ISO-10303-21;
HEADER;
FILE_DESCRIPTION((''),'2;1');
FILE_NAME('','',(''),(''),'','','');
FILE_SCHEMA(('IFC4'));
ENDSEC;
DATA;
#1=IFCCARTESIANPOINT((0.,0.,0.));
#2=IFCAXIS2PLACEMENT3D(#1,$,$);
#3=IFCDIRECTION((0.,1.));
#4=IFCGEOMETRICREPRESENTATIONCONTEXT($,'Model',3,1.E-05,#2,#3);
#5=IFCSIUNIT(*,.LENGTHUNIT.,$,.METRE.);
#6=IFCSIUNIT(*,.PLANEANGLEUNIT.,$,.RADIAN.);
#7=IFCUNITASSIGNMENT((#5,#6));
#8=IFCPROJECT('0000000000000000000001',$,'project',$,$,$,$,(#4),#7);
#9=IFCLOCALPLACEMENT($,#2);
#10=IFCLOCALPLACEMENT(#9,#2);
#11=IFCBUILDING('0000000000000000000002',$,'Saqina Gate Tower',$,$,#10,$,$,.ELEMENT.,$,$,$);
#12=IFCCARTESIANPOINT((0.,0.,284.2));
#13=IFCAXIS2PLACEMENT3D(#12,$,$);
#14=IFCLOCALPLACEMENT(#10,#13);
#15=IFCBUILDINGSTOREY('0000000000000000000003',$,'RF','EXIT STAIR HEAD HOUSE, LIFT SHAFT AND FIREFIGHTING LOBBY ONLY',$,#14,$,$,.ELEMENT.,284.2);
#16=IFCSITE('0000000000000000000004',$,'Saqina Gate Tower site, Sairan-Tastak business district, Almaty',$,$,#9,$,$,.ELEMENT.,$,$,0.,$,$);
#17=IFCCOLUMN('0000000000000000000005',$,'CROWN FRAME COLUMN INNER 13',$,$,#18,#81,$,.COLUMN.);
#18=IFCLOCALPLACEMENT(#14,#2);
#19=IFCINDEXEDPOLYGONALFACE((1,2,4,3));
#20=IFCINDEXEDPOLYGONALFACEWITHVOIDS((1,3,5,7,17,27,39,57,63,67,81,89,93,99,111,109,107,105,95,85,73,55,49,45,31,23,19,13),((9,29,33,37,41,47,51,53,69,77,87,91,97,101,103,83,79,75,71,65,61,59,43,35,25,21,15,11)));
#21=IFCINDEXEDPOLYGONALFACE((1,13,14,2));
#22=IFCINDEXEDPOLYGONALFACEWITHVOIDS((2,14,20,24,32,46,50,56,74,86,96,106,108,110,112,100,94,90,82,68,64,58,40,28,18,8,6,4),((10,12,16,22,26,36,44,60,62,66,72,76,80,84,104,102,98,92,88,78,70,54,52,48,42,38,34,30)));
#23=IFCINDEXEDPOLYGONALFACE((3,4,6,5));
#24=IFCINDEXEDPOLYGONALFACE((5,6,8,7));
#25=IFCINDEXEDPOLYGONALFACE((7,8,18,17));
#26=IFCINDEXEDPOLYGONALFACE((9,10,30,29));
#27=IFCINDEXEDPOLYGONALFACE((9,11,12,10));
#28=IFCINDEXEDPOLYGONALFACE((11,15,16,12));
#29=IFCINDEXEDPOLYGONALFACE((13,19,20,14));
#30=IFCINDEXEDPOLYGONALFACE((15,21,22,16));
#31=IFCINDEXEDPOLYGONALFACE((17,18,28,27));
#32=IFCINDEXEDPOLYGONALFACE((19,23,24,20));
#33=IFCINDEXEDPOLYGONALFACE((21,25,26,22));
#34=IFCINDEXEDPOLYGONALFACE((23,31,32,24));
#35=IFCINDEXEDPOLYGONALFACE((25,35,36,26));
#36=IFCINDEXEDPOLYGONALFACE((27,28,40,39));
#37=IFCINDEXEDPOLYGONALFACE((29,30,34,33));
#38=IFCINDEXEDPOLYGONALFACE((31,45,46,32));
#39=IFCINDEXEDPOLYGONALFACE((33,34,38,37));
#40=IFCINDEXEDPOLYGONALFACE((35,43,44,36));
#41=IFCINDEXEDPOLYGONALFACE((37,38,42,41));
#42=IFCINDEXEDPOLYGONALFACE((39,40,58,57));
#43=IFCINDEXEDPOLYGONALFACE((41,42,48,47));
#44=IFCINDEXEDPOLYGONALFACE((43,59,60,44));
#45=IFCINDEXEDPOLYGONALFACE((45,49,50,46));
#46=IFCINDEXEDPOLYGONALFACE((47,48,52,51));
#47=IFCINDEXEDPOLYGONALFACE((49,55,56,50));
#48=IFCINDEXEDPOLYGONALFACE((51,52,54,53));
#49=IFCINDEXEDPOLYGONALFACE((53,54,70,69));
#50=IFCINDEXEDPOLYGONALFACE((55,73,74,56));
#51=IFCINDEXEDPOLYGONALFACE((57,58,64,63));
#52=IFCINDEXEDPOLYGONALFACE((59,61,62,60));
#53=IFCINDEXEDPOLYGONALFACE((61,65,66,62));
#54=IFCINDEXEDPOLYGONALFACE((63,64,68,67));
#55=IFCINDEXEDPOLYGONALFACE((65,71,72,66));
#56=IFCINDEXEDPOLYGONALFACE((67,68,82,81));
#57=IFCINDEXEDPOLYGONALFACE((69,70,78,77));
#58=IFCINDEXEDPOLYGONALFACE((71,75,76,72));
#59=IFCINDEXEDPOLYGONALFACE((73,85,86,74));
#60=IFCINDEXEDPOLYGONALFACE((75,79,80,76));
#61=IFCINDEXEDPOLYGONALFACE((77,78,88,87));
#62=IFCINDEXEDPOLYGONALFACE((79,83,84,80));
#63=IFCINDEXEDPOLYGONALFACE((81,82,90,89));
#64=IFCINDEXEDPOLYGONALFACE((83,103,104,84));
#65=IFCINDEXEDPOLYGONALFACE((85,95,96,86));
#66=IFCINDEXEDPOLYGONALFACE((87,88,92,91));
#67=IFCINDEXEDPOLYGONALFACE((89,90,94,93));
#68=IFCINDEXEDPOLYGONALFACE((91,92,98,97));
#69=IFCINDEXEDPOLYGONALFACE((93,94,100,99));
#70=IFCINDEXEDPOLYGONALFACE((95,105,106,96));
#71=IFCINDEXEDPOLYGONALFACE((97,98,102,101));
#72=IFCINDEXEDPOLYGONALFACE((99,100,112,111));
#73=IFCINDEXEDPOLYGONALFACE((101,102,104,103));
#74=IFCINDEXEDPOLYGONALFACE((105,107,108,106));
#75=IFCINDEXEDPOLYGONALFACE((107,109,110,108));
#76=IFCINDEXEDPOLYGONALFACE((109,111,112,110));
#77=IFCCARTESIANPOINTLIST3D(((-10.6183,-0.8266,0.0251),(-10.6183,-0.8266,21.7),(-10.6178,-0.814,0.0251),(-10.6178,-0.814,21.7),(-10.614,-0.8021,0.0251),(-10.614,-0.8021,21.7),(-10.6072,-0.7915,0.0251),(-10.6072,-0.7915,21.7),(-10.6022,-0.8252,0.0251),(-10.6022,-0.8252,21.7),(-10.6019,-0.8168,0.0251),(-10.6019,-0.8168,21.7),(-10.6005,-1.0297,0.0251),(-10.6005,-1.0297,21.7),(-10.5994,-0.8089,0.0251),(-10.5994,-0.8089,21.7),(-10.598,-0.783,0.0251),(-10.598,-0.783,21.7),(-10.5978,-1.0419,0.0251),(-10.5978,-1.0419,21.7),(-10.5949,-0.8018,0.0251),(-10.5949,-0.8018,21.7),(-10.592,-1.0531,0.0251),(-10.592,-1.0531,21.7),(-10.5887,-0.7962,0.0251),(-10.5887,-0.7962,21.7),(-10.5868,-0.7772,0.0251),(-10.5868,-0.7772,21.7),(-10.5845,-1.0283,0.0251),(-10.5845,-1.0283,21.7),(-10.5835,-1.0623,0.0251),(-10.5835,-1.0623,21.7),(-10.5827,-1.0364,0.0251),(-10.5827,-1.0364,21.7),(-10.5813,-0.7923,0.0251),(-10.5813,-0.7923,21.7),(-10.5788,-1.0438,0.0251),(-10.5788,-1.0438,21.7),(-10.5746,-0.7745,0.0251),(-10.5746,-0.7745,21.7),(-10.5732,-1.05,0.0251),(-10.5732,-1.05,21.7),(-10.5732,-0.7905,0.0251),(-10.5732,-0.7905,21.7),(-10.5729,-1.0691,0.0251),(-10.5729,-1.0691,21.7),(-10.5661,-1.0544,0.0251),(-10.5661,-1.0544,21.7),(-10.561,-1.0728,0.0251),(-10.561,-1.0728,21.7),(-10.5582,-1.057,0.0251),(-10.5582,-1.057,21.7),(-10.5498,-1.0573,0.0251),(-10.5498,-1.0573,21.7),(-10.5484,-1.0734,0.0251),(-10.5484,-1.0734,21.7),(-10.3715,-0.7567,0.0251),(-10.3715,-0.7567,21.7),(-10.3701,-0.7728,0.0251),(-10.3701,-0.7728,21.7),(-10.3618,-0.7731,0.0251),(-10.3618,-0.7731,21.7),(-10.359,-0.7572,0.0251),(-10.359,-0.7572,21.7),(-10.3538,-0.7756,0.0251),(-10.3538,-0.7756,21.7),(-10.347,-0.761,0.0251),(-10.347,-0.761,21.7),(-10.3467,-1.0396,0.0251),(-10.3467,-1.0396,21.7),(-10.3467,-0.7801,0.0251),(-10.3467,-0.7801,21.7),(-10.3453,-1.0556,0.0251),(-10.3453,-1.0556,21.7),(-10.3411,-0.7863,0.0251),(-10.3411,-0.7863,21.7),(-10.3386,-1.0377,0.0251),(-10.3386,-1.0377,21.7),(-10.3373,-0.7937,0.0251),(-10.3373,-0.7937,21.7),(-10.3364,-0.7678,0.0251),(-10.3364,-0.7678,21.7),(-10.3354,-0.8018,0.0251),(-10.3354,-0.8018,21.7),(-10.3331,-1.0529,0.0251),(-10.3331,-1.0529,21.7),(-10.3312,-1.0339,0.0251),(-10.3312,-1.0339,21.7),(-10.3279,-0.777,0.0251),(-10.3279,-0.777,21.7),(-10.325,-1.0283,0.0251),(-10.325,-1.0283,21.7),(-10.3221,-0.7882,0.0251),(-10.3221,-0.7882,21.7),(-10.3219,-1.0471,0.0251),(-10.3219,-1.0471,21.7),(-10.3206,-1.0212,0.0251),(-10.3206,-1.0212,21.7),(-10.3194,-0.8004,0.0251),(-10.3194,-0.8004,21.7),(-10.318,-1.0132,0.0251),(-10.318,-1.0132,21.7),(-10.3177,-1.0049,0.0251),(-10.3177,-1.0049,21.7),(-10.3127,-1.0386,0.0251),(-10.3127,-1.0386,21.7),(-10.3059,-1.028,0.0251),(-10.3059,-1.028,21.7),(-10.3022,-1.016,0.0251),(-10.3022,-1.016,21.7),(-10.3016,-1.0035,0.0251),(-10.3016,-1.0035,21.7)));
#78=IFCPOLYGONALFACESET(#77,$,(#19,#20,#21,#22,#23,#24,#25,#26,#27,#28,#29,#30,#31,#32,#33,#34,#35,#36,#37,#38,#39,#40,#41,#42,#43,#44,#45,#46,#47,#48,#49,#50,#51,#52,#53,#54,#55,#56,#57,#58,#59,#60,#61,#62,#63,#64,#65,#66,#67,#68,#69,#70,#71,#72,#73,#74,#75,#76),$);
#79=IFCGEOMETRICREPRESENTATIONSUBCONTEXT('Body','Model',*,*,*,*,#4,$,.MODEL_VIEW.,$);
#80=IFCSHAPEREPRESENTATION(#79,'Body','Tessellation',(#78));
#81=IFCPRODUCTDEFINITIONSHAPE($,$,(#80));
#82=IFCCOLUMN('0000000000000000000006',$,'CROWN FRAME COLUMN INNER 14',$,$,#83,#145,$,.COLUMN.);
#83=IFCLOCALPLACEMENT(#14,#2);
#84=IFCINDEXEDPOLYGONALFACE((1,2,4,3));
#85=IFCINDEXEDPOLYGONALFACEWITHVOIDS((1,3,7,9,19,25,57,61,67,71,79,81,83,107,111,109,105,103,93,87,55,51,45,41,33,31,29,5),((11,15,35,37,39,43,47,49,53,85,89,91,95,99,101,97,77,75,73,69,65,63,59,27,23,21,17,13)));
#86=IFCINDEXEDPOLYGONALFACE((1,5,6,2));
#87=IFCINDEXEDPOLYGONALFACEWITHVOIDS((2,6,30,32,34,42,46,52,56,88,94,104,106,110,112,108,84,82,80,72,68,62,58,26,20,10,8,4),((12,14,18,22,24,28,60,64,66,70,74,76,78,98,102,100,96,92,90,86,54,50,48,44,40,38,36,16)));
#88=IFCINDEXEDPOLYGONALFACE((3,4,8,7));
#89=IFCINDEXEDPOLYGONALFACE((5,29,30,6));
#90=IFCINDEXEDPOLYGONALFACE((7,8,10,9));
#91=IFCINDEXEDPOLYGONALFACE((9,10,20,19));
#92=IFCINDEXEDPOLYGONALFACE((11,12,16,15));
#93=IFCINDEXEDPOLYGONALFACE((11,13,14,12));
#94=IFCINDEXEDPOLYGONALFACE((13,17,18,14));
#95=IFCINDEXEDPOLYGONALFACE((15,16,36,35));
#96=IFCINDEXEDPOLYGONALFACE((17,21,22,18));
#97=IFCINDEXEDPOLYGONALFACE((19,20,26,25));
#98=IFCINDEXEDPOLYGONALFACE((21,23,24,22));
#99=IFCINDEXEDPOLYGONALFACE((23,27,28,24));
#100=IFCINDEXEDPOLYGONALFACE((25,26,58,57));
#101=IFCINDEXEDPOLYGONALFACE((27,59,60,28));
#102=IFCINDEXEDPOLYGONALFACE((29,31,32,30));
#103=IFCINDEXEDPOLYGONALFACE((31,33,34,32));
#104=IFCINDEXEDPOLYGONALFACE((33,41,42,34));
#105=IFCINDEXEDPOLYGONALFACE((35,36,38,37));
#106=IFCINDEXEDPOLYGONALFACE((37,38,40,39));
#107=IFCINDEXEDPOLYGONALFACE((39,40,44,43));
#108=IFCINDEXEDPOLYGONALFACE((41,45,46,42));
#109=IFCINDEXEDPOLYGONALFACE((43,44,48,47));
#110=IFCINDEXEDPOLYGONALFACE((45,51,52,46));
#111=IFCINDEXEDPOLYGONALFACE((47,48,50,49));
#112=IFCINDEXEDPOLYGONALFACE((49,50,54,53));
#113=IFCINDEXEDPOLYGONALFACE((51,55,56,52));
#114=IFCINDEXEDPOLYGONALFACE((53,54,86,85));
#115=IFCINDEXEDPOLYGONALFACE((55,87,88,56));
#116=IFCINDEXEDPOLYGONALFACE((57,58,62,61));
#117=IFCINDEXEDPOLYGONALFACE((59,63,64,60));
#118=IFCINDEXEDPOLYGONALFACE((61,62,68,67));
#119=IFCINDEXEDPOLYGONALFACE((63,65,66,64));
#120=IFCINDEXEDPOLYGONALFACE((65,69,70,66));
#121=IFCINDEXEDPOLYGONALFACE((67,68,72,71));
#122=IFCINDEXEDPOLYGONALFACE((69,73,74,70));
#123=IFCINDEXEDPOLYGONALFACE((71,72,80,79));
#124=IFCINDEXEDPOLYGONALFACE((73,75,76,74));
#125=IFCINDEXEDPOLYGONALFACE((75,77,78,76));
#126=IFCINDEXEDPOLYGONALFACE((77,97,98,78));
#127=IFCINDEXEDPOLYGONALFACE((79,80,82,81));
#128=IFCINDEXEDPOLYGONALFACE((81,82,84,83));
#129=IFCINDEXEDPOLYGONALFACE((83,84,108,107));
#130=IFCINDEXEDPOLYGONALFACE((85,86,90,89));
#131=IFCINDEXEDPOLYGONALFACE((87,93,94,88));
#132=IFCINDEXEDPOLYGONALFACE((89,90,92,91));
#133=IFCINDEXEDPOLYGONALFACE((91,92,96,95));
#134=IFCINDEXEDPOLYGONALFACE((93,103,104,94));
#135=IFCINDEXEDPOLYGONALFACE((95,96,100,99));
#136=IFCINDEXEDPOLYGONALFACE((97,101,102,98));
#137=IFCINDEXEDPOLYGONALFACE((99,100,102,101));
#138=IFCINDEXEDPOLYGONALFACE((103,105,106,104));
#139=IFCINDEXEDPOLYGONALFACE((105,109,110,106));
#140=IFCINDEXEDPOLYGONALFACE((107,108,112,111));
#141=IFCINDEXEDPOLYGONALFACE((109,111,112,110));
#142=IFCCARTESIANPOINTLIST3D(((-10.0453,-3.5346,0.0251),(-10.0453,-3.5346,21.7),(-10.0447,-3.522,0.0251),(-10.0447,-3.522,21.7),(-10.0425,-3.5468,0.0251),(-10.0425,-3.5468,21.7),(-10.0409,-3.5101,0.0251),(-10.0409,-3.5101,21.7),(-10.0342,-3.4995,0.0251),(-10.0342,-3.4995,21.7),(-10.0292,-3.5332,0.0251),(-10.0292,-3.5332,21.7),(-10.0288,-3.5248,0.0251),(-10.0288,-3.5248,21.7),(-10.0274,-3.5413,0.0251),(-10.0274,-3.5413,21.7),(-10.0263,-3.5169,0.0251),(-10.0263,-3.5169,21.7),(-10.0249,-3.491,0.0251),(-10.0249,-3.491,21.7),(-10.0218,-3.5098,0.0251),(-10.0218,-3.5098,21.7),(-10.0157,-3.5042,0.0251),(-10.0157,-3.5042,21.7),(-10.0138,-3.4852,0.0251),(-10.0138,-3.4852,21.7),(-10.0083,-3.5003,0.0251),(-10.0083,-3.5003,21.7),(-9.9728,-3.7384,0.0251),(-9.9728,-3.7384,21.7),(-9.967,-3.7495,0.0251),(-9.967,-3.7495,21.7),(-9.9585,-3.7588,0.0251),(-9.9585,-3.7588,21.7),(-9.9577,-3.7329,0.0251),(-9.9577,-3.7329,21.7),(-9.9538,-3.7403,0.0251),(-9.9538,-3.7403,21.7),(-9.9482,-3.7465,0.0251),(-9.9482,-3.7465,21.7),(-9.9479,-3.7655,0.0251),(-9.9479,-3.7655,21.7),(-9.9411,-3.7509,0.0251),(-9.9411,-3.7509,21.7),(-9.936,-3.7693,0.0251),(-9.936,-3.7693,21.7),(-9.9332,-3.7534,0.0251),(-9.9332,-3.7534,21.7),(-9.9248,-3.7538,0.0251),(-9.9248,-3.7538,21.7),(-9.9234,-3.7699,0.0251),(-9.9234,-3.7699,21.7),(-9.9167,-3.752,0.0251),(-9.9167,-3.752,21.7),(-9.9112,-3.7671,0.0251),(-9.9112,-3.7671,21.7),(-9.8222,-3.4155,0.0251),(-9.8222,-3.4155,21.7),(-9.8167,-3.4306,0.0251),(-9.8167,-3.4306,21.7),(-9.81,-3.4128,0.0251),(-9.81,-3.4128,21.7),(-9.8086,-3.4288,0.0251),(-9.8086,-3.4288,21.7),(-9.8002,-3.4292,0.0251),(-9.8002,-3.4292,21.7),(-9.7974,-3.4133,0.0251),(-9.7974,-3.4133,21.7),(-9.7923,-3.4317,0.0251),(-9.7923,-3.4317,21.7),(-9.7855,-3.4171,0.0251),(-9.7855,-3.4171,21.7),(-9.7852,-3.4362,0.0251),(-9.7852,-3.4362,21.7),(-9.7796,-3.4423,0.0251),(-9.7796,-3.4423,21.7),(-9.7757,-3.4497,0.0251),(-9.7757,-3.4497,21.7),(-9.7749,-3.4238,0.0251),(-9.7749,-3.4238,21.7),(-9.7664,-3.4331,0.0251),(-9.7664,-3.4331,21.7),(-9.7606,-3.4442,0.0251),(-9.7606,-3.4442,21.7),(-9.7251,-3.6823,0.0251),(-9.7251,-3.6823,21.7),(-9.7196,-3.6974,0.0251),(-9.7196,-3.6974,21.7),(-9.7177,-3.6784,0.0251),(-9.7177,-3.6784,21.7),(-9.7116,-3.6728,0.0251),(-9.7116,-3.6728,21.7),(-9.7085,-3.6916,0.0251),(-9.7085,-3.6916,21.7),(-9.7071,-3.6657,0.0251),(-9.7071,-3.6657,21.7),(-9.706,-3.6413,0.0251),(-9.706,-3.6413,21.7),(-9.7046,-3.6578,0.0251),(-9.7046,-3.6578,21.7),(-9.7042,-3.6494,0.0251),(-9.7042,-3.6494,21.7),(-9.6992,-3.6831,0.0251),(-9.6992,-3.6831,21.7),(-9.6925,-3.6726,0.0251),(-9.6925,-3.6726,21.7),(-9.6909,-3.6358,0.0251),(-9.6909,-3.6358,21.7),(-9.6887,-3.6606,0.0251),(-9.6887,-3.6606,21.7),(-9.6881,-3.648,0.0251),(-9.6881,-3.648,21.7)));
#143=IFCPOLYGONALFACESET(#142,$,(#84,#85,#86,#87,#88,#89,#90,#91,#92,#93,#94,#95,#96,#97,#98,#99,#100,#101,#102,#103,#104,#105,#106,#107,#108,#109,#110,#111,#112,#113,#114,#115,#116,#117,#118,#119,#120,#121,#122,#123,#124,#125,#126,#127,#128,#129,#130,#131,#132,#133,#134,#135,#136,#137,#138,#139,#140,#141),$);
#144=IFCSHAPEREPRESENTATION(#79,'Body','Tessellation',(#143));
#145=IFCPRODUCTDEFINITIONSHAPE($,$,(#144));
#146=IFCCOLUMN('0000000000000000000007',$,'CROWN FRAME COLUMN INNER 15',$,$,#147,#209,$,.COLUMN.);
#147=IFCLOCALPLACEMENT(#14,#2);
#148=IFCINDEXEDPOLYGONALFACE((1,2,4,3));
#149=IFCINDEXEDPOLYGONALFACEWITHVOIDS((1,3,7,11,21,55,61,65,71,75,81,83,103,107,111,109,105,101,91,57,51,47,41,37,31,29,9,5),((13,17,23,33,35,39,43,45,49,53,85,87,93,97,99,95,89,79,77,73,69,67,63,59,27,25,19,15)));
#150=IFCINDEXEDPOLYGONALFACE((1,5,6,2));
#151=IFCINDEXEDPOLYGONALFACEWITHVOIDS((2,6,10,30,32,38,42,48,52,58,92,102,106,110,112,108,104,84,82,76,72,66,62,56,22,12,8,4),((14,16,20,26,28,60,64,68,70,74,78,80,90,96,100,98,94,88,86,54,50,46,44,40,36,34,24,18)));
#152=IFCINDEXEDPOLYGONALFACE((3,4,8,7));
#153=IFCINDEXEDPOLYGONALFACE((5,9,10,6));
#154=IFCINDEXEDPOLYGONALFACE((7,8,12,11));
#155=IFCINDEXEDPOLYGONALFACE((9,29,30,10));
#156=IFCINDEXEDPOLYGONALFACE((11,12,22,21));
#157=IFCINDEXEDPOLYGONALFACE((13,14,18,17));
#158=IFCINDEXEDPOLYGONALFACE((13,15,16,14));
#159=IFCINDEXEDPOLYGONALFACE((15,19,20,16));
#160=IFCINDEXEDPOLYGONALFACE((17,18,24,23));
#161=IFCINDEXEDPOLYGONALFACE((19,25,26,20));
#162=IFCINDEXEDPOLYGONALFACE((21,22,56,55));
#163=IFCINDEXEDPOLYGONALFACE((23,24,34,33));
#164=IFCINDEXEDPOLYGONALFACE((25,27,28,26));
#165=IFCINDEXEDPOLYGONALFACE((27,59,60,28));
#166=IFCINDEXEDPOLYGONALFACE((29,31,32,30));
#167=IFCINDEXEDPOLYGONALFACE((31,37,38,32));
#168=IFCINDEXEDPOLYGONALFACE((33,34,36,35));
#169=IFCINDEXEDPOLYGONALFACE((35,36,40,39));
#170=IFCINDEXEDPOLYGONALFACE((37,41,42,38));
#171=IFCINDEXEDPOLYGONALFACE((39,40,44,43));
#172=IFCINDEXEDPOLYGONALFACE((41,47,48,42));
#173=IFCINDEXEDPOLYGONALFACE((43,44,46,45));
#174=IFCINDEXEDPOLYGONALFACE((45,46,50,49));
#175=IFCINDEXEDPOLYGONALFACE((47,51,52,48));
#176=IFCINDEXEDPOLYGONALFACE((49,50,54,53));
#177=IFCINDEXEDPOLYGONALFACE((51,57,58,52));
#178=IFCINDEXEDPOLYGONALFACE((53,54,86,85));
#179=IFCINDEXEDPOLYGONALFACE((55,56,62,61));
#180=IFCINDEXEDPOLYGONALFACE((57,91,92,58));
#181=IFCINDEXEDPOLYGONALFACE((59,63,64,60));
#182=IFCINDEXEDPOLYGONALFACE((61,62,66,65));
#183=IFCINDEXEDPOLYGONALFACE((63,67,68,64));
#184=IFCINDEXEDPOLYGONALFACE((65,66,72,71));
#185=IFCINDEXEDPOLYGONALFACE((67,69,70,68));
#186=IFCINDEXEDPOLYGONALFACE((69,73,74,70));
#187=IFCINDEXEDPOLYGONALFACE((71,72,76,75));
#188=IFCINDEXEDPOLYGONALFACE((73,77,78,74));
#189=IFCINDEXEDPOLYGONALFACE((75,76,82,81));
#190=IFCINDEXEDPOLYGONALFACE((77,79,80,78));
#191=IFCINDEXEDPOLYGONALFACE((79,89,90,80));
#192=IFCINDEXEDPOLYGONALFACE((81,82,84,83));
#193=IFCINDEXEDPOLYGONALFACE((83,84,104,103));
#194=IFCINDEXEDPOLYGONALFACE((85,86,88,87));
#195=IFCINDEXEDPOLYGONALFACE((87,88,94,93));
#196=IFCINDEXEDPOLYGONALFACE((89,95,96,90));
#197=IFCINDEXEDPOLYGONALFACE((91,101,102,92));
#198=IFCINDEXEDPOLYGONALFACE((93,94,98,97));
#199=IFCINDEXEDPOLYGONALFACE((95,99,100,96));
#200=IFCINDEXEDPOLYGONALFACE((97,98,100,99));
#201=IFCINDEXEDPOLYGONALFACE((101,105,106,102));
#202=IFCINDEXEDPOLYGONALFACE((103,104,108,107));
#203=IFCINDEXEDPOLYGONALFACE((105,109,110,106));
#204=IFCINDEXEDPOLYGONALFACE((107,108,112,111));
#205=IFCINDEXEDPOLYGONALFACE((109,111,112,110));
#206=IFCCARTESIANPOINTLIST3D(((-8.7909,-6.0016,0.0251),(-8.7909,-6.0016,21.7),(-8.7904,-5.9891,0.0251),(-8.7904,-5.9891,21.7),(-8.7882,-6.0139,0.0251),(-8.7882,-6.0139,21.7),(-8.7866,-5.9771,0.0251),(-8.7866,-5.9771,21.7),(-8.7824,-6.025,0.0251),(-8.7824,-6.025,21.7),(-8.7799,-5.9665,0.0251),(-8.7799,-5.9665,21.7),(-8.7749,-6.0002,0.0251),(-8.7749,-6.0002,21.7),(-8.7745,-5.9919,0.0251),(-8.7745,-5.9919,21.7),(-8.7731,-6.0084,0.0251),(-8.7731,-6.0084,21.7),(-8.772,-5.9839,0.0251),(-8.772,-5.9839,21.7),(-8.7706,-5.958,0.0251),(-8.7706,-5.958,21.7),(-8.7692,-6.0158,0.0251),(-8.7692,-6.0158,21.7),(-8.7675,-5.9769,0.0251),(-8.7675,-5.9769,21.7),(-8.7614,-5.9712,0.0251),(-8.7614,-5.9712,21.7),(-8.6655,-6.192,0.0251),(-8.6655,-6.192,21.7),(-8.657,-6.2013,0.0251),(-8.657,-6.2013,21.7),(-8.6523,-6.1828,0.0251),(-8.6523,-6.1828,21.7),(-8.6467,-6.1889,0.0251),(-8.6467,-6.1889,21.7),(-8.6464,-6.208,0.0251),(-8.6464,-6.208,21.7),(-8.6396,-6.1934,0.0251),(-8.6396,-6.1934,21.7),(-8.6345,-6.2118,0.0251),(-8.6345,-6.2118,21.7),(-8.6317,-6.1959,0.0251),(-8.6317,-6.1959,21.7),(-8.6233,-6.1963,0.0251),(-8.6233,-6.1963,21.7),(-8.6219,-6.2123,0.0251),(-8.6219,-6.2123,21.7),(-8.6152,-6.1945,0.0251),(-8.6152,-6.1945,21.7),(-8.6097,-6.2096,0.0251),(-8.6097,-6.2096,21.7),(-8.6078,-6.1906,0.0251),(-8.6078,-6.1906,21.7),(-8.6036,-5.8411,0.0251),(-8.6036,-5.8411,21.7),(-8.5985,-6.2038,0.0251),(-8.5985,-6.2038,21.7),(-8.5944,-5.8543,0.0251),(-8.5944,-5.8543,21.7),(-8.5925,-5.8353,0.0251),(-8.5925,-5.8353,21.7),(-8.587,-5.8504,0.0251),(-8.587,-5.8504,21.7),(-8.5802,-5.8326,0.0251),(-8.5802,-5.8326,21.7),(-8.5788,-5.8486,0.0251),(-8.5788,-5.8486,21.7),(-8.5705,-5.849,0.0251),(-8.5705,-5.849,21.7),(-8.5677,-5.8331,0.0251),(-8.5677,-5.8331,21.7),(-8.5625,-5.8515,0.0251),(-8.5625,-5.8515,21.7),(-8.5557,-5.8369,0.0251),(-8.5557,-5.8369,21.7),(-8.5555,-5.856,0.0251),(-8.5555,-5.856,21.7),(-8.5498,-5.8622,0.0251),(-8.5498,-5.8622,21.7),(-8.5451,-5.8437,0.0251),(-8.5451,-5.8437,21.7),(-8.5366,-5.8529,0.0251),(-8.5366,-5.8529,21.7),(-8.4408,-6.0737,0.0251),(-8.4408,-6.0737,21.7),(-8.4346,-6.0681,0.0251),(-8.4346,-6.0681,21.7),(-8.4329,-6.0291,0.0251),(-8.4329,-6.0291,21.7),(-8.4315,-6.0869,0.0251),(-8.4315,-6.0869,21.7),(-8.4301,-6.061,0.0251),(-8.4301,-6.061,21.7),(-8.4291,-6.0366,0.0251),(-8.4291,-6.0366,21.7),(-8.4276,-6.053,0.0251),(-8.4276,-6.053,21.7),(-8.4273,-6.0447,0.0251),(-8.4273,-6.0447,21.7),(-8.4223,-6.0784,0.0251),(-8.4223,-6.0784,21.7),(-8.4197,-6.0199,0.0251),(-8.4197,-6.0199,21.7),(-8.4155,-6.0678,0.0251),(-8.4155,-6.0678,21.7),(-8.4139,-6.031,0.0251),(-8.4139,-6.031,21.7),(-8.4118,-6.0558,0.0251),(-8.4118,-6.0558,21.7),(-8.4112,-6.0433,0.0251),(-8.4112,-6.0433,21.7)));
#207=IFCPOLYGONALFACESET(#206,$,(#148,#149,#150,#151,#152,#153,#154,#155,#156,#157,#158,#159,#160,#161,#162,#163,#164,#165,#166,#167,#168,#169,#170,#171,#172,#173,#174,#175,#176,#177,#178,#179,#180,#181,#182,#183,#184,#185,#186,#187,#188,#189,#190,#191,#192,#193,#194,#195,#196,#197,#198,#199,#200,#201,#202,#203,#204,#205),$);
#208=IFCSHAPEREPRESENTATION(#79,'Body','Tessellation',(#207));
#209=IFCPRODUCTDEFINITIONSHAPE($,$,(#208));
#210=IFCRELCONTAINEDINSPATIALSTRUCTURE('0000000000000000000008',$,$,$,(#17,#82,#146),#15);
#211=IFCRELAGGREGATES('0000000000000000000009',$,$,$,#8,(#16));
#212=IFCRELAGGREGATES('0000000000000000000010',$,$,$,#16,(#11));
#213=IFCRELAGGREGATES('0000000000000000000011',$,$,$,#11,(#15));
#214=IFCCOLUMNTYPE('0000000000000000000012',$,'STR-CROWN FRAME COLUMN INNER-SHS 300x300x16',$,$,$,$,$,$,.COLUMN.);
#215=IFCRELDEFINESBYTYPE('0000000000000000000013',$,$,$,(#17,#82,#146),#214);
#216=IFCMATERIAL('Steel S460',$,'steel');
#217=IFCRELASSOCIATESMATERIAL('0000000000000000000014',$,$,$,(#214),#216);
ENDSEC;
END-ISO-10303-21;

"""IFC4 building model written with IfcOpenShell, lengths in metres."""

from ifc_helpers import new_model, si_unit, direction, frame, origin, origin_2d, place, context, subcontext, project, spatial, hollow_rectangle, extrude, material, material_profile, profile_set, type_object, element, save


model = new_model("IFC4")

# Units and contexts
model_context = context("Model", 3, precision=1e-05, world=origin(), true_north=direction((0.0, 1.0)))
body_context = subcontext(model_context, "Body", "Model", "MODEL_VIEW")
ifc_project = project(units=[si_unit("LENGTHUNIT", "METRE"), si_unit("PLANEANGLEUNIT", "RADIAN")], contexts=[model_context])

# Site, building, storey
site_placement = place(None, origin())
site = spatial("IfcSite", under=ifc_project, at=site_placement, Name="Saqina Gate Tower site, Sairan-Tastak business district, Almaty", CompositionType="ELEMENT", RefElevation=0.0)
building_placement = place(site_placement, origin())
building = spatial("IfcBuilding", under=site, at=building_placement, Name="Saqina Gate Tower", CompositionType="ELEMENT")
storey_placement = place(building_placement, frame((0.0, 0.0, 284.2)))
storey = spatial("IfcBuildingStorey", under=building, at=storey_placement, Name="RF", Description="EXIT STAIR HEAD HOUSE, LIFT SHAFT AND FIREFIGHTING LOBBY ONLY", CompositionType="ELEMENT", Elevation=284.2)

# Columns
ifc_material_1 = material(Name="Steel S460", Category="steel")
ifc_material_profile_1 = material_profile(ifc_material_1, hollow_rectangle(XDim=0.3, YDim=0.3, WallThickness=0.0161, InnerFilletRadius=0.032, OuterFilletRadius=0.0481, at=origin_2d()), Name="SHS 300x300x16")
ifc_profile_set_1 = profile_set([ifc_material_profile_1], Name="Steel S460")
column_type = type_object("IfcColumnType", Name="STR-CROWN FRAME COLUMN INNER-SHS 300x300x16", PredefinedType="COLUMN", material=ifc_profile_set_1)
for number, where, z_axis, x_axis, name in (
    (1, (-10.46, -0.915, 0.0251), (0.0, 0.0, 1.0), (-0.996195, -0.087156, 0.0), "CROWN FRAME COLUMN INNER 13"),
    (2, (-9.8667, -3.5913, 0.0251), (0.0, 0.0, 1.0), (-0.939693, -0.34202, 0.0), "CROWN FRAME COLUMN INNER 14"),
    (3, (-8.6011, -6.0225, 0.0251), (0.0, 0.0, 1.0), (-0.819152, -0.573576, 0.0), "CROWN FRAME COLUMN INNER 15"),
):
    element("IfcColumn", number, at=place(storey_placement, frame(where, z_axis=z_axis, x_axis=x_axis)), inside=storey, type_object=column_type, Name=name, PredefinedType="COLUMN", context=body_context, shape_type="SweptSolid", body=[
        extrude(hollow_rectangle(XDim=0.3, YDim=0.3, WallThickness=0.0161, InnerFilletRadius=0.032, OuterFilletRadius=0.0481, at=origin_2d()), origin(), (0.0, 0.0, 1.0), 21.6748),
    ])

save(model, "model.ifc")
